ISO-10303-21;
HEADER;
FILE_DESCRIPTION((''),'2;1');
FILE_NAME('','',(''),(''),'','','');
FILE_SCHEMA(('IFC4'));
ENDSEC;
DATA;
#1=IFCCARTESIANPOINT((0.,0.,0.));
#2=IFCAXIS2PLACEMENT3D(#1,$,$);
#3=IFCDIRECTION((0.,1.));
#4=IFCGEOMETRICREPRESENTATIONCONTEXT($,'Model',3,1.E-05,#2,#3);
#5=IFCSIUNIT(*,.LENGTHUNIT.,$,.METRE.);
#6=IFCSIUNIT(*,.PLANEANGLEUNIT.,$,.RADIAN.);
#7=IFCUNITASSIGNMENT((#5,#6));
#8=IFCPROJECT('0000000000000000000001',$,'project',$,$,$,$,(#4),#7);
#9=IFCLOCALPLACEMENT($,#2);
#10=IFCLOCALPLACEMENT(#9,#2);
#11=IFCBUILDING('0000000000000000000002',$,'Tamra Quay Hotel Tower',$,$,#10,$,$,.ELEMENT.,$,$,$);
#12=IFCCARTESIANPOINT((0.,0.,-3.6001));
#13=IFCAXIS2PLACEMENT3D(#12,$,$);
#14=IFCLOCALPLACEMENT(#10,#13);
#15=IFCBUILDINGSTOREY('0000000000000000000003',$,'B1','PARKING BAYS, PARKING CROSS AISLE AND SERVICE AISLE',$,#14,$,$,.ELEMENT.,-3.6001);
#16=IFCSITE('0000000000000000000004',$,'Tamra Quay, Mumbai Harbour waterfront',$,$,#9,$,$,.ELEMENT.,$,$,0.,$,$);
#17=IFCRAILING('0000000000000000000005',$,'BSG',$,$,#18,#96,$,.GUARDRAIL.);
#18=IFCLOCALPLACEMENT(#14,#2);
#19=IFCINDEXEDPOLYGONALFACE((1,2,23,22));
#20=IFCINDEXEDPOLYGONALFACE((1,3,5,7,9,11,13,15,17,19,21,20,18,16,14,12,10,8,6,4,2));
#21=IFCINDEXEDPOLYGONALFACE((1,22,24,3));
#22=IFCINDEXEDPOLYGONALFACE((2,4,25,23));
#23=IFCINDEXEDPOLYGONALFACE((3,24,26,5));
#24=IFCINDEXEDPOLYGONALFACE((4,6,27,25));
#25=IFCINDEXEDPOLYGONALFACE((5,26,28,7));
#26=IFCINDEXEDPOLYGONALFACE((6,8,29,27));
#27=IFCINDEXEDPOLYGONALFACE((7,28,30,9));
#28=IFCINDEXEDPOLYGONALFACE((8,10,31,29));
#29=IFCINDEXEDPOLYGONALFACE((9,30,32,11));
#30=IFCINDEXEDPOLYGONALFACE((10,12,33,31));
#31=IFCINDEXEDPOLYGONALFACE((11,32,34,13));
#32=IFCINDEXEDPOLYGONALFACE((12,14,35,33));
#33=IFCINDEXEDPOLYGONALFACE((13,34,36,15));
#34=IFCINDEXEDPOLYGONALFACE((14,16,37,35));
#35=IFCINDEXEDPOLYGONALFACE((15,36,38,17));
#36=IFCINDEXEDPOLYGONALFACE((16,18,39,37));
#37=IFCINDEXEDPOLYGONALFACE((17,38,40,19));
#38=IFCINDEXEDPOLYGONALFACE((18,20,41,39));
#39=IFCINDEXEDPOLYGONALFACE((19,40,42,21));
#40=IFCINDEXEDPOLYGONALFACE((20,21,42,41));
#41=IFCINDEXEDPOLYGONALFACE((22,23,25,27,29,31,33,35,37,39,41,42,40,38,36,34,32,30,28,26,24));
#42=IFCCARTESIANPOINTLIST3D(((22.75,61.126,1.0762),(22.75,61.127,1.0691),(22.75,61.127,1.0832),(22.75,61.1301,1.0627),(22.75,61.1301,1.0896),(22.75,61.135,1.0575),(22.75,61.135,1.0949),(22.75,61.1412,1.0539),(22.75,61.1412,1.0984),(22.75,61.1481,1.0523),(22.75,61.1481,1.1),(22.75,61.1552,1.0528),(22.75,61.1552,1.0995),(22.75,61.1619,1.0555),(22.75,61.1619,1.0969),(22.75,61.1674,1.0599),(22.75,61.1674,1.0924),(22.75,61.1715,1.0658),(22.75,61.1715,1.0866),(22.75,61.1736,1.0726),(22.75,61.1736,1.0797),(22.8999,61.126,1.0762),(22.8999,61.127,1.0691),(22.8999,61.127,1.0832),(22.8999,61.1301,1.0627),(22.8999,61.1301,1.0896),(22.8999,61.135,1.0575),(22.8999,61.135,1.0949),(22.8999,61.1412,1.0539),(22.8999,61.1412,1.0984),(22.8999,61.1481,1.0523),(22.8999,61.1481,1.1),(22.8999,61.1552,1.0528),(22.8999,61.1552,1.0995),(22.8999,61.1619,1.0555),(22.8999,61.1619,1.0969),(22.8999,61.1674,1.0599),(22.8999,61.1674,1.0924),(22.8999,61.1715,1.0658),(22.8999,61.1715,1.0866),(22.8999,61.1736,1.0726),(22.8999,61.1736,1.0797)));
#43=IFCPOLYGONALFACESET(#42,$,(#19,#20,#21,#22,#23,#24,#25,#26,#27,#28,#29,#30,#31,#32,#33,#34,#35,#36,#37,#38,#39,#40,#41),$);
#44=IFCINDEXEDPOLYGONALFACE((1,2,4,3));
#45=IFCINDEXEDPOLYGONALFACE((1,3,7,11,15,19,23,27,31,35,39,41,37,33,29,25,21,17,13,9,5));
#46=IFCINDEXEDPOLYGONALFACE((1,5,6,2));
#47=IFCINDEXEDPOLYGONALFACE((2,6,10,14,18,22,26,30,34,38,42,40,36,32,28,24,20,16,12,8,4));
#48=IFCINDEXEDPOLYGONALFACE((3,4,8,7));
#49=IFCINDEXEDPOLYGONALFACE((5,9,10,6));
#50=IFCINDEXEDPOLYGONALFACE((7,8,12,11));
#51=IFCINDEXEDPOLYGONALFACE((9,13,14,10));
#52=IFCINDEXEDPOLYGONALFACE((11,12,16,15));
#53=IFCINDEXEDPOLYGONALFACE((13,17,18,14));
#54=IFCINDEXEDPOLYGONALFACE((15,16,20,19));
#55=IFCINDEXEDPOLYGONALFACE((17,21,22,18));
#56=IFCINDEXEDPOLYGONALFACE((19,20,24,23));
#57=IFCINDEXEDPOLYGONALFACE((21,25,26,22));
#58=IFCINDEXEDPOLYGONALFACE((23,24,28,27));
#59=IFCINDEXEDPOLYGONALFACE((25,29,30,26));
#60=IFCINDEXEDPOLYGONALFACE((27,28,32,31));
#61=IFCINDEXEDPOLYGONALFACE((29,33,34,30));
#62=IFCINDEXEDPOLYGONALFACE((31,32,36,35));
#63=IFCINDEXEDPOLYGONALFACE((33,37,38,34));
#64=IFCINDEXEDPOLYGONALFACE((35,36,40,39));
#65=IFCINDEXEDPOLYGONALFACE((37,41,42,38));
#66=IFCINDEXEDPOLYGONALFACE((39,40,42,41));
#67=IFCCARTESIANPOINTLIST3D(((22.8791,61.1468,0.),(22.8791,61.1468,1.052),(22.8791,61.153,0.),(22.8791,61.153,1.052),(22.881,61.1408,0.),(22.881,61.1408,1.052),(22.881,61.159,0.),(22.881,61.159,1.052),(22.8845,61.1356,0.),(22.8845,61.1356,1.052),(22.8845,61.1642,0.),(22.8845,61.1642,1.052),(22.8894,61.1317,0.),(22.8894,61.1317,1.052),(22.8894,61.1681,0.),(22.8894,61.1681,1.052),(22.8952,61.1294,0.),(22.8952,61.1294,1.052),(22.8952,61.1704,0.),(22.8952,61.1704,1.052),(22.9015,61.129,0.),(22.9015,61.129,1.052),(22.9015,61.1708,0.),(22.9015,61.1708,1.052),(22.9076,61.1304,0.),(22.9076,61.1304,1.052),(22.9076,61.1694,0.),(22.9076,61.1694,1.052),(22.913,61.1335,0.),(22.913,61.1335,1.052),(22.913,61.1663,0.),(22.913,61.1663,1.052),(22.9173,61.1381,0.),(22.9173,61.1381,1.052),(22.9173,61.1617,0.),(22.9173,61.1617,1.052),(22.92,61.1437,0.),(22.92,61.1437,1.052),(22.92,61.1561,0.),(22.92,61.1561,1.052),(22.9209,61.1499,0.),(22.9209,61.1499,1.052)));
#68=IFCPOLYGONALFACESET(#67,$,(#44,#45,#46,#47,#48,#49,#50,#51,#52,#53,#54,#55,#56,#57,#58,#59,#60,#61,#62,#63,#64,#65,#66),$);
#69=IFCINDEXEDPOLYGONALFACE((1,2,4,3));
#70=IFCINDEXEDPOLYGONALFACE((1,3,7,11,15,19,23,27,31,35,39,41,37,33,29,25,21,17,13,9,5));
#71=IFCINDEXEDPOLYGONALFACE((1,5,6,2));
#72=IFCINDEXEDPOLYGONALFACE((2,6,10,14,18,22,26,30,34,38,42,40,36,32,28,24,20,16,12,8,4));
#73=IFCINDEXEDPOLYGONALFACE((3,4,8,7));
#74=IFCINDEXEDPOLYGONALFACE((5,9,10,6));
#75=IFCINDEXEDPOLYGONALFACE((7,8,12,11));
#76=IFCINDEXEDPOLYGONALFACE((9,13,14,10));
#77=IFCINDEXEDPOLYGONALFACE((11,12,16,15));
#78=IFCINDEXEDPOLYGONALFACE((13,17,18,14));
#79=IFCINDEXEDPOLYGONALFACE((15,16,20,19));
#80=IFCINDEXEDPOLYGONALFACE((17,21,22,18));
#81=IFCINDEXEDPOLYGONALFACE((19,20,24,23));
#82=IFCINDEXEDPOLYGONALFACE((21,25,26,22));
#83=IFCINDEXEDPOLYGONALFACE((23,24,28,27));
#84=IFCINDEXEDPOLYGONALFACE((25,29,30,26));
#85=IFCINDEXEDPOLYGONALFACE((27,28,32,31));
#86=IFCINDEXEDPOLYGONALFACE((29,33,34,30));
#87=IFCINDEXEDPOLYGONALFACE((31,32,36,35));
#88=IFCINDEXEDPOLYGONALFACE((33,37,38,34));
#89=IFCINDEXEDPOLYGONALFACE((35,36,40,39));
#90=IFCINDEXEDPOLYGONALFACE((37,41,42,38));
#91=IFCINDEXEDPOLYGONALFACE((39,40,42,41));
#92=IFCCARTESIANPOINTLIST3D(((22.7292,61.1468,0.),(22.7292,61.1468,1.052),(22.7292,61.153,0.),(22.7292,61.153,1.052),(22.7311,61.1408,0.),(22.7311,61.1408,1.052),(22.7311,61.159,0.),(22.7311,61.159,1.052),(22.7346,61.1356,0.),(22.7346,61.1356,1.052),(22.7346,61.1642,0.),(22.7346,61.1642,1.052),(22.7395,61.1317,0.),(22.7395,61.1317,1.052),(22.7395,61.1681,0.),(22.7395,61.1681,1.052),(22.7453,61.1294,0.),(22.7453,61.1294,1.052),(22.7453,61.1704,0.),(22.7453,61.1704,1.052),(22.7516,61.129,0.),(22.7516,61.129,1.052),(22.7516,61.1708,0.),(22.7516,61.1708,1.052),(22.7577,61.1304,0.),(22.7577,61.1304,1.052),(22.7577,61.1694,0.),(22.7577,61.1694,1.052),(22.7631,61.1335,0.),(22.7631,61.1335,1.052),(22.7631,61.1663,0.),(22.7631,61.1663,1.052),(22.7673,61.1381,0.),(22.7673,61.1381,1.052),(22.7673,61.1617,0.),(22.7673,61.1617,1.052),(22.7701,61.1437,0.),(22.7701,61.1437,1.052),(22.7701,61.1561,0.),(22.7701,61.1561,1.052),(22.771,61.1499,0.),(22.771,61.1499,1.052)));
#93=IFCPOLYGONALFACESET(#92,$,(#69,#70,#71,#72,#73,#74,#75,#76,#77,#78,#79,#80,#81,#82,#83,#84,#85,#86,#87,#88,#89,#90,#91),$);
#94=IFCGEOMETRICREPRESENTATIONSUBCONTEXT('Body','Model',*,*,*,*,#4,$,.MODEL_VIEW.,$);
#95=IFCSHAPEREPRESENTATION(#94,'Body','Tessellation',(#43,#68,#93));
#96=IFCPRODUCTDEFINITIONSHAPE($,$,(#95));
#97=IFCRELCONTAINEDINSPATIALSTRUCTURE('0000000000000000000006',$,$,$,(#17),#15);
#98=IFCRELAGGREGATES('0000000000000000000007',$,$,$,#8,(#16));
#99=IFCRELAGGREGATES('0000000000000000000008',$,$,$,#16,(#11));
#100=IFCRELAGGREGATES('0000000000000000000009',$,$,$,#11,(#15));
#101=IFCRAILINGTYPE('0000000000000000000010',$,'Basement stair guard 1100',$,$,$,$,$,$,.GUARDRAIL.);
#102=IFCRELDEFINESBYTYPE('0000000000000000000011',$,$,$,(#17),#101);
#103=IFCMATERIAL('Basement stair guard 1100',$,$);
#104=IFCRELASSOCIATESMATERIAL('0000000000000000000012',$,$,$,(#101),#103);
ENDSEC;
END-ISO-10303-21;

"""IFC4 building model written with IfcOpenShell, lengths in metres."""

from ifc_helpers import new_model, si_unit, direction, frame, origin, origin_2d, place, context, subcontext, project, spatial, circle, extrude, material, type_object, element, save


model = new_model("IFC4")

# Units and contexts
model_context = context("Model", 3, precision=1e-05, world=origin(), true_north=direction((0.0, 1.0)))
body_context = subcontext(model_context, "Body", "Model", "MODEL_VIEW")
ifc_project = project(units=[si_unit("LENGTHUNIT", "METRE"), si_unit("PLANEANGLEUNIT", "RADIAN")], contexts=[model_context])

# Site, building, storey
site_placement = place(None, origin())
site = spatial("IfcSite", under=ifc_project, at=site_placement, Name="Tamra Quay, Mumbai Harbour waterfront", CompositionType="ELEMENT", RefElevation=0.0)
building_placement = place(site_placement, origin())
building = spatial("IfcBuilding", under=site, at=building_placement, Name="Tamra Quay Hotel Tower", CompositionType="ELEMENT")
storey_placement = place(building_placement, frame((0.0, 0.0, -3.6001)))
storey = spatial("IfcBuildingStorey", under=building, at=storey_placement, Name="B1", Description="PARKING BAYS, PARKING CROSS AISLE AND SERVICE AISLE", CompositionType="ELEMENT", Elevation=-3.6001)

# Railing
ifc_material_1 = material(Name="Basement stair guard 1100")
railing_type_1 = type_object("IfcRailingType", Name="Basement stair guard 1100", PredefinedType="GUARDRAIL", material=ifc_material_1)
railing_1_placement = place(storey_placement, frame((22.8999, 61.1499, 0.0)))
element("IfcRailing", 1, at=railing_1_placement, inside=storey, type_object=railing_type_1, Name="BSG", PredefinedType="GUARDRAIL", context=body_context, shape_type="SweptSolid", body=[
    extrude(circle(Radius=0.0239, at=origin_2d()), frame((0.0, 0.0, 1.0762), z_axis=(-1.0, 0.0, 0.0), x_axis=(0.0, -1.0, 0.0)), (0.0, 0.0, 1.0), 0.1499),
    extrude(circle(Radius=0.021, at=origin_2d()), origin(), (0.0, 0.0, 1.0), 1.052),
    extrude(circle(Radius=0.021, at=origin_2d()), frame((-0.1499, 0.0, 0.0)), (0.0, 0.0, 1.0), 1.052),
])

save(model, "model.ifc")
